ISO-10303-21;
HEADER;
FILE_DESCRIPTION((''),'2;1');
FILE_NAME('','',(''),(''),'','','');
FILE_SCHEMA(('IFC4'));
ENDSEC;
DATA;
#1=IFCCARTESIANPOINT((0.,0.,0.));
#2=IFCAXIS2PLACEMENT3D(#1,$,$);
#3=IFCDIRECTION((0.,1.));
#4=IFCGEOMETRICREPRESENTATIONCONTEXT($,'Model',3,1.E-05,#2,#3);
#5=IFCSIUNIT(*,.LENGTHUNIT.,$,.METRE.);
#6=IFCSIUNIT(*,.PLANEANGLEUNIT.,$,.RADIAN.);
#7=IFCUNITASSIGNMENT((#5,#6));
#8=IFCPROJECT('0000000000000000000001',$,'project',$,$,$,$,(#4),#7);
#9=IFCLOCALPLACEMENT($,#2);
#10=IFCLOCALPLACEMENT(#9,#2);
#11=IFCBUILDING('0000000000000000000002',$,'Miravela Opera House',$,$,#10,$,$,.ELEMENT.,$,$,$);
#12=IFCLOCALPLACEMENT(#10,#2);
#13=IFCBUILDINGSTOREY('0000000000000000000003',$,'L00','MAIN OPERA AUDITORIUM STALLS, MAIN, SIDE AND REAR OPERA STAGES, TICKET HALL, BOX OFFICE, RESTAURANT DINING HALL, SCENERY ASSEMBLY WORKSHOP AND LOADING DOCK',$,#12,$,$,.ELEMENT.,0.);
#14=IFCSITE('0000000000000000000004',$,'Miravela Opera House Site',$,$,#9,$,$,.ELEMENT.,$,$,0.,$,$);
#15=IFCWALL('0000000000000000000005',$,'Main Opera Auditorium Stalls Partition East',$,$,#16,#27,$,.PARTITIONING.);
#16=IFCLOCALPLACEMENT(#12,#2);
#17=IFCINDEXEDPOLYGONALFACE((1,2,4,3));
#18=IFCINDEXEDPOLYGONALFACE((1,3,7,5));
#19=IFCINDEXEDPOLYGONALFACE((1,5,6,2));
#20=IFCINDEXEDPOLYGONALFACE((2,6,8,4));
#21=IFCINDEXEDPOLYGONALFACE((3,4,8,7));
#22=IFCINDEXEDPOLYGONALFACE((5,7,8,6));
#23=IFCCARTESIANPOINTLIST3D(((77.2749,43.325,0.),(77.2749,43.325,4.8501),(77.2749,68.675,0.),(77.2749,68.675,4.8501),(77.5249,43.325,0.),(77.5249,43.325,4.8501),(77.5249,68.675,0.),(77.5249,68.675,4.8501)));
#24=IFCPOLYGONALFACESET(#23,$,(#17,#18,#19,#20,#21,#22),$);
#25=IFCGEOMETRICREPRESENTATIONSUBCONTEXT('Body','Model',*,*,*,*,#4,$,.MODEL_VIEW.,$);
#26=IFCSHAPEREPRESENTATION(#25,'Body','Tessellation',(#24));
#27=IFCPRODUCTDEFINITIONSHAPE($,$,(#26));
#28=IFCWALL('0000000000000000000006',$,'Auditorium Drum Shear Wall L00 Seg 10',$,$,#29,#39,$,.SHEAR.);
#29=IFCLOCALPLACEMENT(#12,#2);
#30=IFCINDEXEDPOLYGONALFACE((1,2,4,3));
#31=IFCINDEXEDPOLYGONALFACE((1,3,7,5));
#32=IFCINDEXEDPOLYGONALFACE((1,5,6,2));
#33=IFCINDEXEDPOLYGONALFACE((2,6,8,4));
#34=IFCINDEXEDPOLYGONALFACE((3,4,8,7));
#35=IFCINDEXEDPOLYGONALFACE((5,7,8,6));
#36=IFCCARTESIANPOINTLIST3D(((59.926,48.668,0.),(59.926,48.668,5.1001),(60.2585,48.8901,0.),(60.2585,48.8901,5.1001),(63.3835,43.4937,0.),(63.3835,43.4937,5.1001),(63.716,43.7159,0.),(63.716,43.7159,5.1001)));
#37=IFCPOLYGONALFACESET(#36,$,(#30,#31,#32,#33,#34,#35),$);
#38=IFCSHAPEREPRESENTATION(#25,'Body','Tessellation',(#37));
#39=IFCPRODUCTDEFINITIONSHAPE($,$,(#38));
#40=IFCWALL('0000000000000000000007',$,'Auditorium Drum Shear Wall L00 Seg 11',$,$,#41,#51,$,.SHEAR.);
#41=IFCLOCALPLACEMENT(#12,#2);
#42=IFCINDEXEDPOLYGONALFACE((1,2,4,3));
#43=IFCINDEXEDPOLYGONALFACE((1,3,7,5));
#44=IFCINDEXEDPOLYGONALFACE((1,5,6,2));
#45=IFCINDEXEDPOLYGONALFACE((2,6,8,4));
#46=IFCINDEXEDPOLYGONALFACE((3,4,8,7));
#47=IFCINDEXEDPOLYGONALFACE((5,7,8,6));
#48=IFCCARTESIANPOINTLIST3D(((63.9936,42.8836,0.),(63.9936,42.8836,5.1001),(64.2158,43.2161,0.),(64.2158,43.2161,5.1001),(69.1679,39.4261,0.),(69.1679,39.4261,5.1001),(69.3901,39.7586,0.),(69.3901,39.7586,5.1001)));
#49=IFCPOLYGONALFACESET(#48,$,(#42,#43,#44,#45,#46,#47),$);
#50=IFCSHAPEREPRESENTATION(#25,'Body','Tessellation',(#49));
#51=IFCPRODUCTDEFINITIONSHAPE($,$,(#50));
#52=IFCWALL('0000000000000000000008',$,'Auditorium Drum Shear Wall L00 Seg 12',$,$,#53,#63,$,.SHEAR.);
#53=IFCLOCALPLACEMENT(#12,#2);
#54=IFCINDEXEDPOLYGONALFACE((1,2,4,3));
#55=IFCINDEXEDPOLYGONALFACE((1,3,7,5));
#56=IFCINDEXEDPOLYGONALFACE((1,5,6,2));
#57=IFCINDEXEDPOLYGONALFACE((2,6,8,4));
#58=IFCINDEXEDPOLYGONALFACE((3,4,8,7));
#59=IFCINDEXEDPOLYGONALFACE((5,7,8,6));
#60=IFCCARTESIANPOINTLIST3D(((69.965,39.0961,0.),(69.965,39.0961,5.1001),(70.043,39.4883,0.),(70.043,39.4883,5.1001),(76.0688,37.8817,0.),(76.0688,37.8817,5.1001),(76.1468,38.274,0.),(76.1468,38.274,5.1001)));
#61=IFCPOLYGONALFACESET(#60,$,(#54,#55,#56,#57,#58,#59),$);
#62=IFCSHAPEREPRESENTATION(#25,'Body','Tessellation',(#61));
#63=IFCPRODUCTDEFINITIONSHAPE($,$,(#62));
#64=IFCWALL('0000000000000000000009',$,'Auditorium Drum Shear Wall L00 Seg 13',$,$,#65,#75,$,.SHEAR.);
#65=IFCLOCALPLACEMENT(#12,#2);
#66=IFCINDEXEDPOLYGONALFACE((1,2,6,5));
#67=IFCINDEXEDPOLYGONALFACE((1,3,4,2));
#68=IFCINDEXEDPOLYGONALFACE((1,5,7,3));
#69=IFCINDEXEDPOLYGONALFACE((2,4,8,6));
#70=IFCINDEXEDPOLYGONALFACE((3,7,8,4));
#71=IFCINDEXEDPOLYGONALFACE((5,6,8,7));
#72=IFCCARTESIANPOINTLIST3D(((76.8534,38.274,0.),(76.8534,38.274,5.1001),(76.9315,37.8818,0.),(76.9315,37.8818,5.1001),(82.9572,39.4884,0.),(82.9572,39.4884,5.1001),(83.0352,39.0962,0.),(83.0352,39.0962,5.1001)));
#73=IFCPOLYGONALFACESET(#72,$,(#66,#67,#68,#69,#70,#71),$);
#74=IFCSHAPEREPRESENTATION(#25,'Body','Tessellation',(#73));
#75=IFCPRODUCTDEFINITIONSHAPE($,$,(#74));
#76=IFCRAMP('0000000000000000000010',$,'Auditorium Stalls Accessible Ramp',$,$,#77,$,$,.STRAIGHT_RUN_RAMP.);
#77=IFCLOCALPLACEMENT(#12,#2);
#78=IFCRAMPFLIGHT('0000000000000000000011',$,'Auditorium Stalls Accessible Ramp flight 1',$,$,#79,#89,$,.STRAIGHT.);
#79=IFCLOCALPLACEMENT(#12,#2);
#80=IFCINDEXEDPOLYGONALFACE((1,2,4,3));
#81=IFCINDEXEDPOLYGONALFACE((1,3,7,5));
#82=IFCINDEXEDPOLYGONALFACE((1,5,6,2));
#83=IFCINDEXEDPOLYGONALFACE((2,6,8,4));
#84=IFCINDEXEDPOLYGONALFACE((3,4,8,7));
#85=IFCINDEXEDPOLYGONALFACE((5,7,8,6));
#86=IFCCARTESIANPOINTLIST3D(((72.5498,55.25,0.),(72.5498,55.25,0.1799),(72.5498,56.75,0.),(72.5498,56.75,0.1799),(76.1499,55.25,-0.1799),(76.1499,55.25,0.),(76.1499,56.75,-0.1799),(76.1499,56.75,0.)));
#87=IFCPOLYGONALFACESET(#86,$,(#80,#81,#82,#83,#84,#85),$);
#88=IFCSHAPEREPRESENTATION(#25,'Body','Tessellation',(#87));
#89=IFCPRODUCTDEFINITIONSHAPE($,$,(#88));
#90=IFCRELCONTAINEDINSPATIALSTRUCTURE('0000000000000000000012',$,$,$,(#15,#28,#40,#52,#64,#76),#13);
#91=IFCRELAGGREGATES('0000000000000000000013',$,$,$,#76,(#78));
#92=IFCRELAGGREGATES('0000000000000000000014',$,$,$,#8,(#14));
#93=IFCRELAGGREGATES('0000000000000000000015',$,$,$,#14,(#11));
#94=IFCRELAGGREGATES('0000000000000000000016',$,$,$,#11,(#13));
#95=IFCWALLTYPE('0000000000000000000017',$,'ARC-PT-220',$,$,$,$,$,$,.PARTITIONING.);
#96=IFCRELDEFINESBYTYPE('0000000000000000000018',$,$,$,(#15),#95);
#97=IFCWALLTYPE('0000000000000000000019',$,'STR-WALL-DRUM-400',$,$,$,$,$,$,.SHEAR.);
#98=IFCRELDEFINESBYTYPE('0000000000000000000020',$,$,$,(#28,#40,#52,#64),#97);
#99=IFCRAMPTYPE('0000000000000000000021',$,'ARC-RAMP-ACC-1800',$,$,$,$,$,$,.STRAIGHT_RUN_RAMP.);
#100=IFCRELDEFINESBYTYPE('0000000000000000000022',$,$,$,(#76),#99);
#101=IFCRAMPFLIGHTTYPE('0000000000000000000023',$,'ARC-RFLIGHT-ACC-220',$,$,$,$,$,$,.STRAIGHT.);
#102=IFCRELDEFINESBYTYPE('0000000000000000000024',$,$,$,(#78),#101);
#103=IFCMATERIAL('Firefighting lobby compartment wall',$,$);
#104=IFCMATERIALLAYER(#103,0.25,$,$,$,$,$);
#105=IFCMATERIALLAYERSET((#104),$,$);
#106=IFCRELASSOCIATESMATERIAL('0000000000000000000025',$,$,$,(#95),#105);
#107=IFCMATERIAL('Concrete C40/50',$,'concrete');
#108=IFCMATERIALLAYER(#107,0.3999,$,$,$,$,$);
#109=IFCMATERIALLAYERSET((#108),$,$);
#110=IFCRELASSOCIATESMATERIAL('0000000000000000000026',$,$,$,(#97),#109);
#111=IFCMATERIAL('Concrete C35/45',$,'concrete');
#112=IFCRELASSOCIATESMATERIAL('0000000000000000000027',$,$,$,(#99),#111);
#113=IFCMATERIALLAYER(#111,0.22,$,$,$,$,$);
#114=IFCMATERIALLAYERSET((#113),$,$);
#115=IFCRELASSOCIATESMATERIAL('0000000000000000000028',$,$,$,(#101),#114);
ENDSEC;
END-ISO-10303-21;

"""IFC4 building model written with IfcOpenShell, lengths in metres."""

from ifc_helpers import new_model, si_unit, direction, frame, frame_2d, origin, place, context, subcontext, project, spatial, polyline, rectangle, outline, extrude, material, layer, layer_set, type_object, element, aggregate, save


model = new_model("IFC4")

# Units and contexts
model_context = context("Model", 3, precision=1e-05, world=origin(), true_north=direction((0.0, 1.0)))
body_context = subcontext(model_context, "Body", "Model", "MODEL_VIEW")
ifc_project = project(units=[si_unit("LENGTHUNIT", "METRE"), si_unit("PLANEANGLEUNIT", "RADIAN")], contexts=[model_context])

# Site, building, storey
site_placement = place(None, origin())
site = spatial("IfcSite", under=ifc_project, at=site_placement, Name="Miravela Opera House Site", CompositionType="ELEMENT", RefElevation=0.0)
building_placement = place(site_placement, origin())
building = spatial("IfcBuilding", under=site, at=building_placement, Name="Miravela Opera House", CompositionType="ELEMENT")
storey_placement = place(building_placement, origin())
storey = spatial("IfcBuildingStorey", under=building, at=storey_placement, Name="L00", Description="MAIN OPERA AUDITORIUM STALLS, MAIN, SIDE AND REAR OPERA STAGES, TICKET HALL, BOX OFFICE, RESTAURANT DINING HALL, SCENERY ASSEMBLY WORKSHOP AND LOADING DOCK", CompositionType="ELEMENT", Elevation=0.0)

# Shared definitions
ifc_material_1 = material(Name="Concrete C40/50", Category="concrete")
ifc_material_2 = material(Name="Concrete C35/45", Category="concrete")

# Shared definitions
ifc_material_3 = material(Name="Firefighting lobby compartment wall")
ifc_layer_1 = layer(ifc_material_3, 0.25)
ifc_layer_set_1 = layer_set([ifc_layer_1])
wall_type_1 = type_object("IfcWallType", Name="ARC-PT-220", PredefinedType="PARTITIONING", material=ifc_layer_set_1)

# Walls
wall_1_placement = place(storey_placement, frame((77.3999, 43.325, 0.0), z_axis=(0.0, 0.0, 1.0), x_axis=(0.0, 1.0, 0.0)))
element("IfcWall", 1, at=wall_1_placement, inside=storey, type_object=wall_type_1, Name="Main Opera Auditorium Stalls Partition East", PredefinedType="PARTITIONING", context=body_context, shape_type="SweptSolid", body=[
    extrude(rectangle(XDim=25.3501, YDim=0.25, at=frame_2d((12.675, 0.0))), origin(), (0.0, 0.0, 1.0), 4.8501),
])
ifc_layer_2 = layer(ifc_material_1, 0.3999)
ifc_layer_set_2 = layer_set([ifc_layer_2])
wall_type_2 = type_object("IfcWallType", Name="STR-WALL-DRUM-400", PredefinedType="SHEAR", material=ifc_layer_set_2)
for number, where, z_axis, x_axis, name in (
    (2, (60.0923, 48.7791, 0.0), (0.0, 0.0, 1.0), (0.555587, -0.831458, 0.0), "Auditorium Drum Shear Wall L00 Seg 10"),
    (3, (64.1047, 43.0498, 0.0), (0.0, 0.0, 1.0), (0.831458, -0.555587, 0.0), "Auditorium Drum Shear Wall L00 Seg 11"),
):
    element("IfcWall", number, at=place(storey_placement, frame(where, z_axis=z_axis, x_axis=x_axis)), inside=storey, type_object=wall_type_2, Name=name, PredefinedType="SHEAR", context=body_context, shape_type="SweptSolid", body=[
        extrude(rectangle(XDim=6.2231, YDim=0.3999, at=frame_2d((3.1116, 0.0))), origin(), (0.0, 0.0, 1.0), 5.1001),
    ])
for number, where, z_axis, x_axis, name in (
    (4, (70.0039, 39.2922, 0.0), (0.0, 0.0, 1.0), (0.980778, -0.195128, 0.0), "Auditorium Drum Shear Wall L00 Seg 12"),
    (5, (76.8923, 38.0779, 0.0), (0.0, 0.0, 1.0), (0.980778, 0.195128, 0.0), "Auditorium Drum Shear Wall L00 Seg 13"),
):
    element("IfcWall", number, at=place(storey_placement, frame(where, z_axis=z_axis, x_axis=x_axis)), inside=storey, type_object=wall_type_2, Name=name, PredefinedType="SHEAR", context=body_context, shape_type="SweptSolid", body=[
        extrude(rectangle(XDim=6.2234, YDim=0.3999, at=frame_2d((3.1118, 0.0))), origin(), (0.0, 0.0, 1.0), 5.1001),
    ])

# Ramp, ramp flight
ramp_type = type_object("IfcRampType", Name="ARC-RAMP-ACC-1800", PredefinedType="STRAIGHT_RUN_RAMP", material=ifc_material_2)
ramp_placement = place(storey_placement, origin())
ramp = element("IfcRamp", 6, at=ramp_placement, inside=storey, type_object=ramp_type, Name="Auditorium Stalls Accessible Ramp", PredefinedType="STRAIGHT_RUN_RAMP")
ifc_layer_3 = layer(ifc_material_2, 0.22)
ifc_layer_set_3 = layer_set([ifc_layer_3])
ramp_flight_type = type_object("IfcRampFlightType", Name="ARC-RFLIGHT-ACC-220", PredefinedType="STRAIGHT", material=ifc_layer_set_3)
ramp_flight_placement = place(storey_placement, frame((76.1499, 56.0, 0.0), z_axis=(0.0, 0.0, 1.0), x_axis=(-1.0, 0.0, 0.0)))
ramp_flight = element("IfcRampFlight", 7, at=ramp_flight_placement, type_object=ramp_flight_type, Name="Auditorium Stalls Accessible Ramp flight 1", PredefinedType="STRAIGHT", context=body_context, shape_type="SweptSolid", body=[
    extrude(outline(polyline([(0.0, 0.0), (3.6001, 0.1799), (3.6001, 0.0), (0.0, -0.1799), (0.0, 0.0)])), frame((0.0, 0.75, 0.0), z_axis=(0.0, -1.0, 0.0), x_axis=(1.0, 0.0, 0.0)), (0.0, 0.0, 1.0), 1.5),
])
aggregate(ramp, [ramp_flight])

save(model, "model.ifc")
